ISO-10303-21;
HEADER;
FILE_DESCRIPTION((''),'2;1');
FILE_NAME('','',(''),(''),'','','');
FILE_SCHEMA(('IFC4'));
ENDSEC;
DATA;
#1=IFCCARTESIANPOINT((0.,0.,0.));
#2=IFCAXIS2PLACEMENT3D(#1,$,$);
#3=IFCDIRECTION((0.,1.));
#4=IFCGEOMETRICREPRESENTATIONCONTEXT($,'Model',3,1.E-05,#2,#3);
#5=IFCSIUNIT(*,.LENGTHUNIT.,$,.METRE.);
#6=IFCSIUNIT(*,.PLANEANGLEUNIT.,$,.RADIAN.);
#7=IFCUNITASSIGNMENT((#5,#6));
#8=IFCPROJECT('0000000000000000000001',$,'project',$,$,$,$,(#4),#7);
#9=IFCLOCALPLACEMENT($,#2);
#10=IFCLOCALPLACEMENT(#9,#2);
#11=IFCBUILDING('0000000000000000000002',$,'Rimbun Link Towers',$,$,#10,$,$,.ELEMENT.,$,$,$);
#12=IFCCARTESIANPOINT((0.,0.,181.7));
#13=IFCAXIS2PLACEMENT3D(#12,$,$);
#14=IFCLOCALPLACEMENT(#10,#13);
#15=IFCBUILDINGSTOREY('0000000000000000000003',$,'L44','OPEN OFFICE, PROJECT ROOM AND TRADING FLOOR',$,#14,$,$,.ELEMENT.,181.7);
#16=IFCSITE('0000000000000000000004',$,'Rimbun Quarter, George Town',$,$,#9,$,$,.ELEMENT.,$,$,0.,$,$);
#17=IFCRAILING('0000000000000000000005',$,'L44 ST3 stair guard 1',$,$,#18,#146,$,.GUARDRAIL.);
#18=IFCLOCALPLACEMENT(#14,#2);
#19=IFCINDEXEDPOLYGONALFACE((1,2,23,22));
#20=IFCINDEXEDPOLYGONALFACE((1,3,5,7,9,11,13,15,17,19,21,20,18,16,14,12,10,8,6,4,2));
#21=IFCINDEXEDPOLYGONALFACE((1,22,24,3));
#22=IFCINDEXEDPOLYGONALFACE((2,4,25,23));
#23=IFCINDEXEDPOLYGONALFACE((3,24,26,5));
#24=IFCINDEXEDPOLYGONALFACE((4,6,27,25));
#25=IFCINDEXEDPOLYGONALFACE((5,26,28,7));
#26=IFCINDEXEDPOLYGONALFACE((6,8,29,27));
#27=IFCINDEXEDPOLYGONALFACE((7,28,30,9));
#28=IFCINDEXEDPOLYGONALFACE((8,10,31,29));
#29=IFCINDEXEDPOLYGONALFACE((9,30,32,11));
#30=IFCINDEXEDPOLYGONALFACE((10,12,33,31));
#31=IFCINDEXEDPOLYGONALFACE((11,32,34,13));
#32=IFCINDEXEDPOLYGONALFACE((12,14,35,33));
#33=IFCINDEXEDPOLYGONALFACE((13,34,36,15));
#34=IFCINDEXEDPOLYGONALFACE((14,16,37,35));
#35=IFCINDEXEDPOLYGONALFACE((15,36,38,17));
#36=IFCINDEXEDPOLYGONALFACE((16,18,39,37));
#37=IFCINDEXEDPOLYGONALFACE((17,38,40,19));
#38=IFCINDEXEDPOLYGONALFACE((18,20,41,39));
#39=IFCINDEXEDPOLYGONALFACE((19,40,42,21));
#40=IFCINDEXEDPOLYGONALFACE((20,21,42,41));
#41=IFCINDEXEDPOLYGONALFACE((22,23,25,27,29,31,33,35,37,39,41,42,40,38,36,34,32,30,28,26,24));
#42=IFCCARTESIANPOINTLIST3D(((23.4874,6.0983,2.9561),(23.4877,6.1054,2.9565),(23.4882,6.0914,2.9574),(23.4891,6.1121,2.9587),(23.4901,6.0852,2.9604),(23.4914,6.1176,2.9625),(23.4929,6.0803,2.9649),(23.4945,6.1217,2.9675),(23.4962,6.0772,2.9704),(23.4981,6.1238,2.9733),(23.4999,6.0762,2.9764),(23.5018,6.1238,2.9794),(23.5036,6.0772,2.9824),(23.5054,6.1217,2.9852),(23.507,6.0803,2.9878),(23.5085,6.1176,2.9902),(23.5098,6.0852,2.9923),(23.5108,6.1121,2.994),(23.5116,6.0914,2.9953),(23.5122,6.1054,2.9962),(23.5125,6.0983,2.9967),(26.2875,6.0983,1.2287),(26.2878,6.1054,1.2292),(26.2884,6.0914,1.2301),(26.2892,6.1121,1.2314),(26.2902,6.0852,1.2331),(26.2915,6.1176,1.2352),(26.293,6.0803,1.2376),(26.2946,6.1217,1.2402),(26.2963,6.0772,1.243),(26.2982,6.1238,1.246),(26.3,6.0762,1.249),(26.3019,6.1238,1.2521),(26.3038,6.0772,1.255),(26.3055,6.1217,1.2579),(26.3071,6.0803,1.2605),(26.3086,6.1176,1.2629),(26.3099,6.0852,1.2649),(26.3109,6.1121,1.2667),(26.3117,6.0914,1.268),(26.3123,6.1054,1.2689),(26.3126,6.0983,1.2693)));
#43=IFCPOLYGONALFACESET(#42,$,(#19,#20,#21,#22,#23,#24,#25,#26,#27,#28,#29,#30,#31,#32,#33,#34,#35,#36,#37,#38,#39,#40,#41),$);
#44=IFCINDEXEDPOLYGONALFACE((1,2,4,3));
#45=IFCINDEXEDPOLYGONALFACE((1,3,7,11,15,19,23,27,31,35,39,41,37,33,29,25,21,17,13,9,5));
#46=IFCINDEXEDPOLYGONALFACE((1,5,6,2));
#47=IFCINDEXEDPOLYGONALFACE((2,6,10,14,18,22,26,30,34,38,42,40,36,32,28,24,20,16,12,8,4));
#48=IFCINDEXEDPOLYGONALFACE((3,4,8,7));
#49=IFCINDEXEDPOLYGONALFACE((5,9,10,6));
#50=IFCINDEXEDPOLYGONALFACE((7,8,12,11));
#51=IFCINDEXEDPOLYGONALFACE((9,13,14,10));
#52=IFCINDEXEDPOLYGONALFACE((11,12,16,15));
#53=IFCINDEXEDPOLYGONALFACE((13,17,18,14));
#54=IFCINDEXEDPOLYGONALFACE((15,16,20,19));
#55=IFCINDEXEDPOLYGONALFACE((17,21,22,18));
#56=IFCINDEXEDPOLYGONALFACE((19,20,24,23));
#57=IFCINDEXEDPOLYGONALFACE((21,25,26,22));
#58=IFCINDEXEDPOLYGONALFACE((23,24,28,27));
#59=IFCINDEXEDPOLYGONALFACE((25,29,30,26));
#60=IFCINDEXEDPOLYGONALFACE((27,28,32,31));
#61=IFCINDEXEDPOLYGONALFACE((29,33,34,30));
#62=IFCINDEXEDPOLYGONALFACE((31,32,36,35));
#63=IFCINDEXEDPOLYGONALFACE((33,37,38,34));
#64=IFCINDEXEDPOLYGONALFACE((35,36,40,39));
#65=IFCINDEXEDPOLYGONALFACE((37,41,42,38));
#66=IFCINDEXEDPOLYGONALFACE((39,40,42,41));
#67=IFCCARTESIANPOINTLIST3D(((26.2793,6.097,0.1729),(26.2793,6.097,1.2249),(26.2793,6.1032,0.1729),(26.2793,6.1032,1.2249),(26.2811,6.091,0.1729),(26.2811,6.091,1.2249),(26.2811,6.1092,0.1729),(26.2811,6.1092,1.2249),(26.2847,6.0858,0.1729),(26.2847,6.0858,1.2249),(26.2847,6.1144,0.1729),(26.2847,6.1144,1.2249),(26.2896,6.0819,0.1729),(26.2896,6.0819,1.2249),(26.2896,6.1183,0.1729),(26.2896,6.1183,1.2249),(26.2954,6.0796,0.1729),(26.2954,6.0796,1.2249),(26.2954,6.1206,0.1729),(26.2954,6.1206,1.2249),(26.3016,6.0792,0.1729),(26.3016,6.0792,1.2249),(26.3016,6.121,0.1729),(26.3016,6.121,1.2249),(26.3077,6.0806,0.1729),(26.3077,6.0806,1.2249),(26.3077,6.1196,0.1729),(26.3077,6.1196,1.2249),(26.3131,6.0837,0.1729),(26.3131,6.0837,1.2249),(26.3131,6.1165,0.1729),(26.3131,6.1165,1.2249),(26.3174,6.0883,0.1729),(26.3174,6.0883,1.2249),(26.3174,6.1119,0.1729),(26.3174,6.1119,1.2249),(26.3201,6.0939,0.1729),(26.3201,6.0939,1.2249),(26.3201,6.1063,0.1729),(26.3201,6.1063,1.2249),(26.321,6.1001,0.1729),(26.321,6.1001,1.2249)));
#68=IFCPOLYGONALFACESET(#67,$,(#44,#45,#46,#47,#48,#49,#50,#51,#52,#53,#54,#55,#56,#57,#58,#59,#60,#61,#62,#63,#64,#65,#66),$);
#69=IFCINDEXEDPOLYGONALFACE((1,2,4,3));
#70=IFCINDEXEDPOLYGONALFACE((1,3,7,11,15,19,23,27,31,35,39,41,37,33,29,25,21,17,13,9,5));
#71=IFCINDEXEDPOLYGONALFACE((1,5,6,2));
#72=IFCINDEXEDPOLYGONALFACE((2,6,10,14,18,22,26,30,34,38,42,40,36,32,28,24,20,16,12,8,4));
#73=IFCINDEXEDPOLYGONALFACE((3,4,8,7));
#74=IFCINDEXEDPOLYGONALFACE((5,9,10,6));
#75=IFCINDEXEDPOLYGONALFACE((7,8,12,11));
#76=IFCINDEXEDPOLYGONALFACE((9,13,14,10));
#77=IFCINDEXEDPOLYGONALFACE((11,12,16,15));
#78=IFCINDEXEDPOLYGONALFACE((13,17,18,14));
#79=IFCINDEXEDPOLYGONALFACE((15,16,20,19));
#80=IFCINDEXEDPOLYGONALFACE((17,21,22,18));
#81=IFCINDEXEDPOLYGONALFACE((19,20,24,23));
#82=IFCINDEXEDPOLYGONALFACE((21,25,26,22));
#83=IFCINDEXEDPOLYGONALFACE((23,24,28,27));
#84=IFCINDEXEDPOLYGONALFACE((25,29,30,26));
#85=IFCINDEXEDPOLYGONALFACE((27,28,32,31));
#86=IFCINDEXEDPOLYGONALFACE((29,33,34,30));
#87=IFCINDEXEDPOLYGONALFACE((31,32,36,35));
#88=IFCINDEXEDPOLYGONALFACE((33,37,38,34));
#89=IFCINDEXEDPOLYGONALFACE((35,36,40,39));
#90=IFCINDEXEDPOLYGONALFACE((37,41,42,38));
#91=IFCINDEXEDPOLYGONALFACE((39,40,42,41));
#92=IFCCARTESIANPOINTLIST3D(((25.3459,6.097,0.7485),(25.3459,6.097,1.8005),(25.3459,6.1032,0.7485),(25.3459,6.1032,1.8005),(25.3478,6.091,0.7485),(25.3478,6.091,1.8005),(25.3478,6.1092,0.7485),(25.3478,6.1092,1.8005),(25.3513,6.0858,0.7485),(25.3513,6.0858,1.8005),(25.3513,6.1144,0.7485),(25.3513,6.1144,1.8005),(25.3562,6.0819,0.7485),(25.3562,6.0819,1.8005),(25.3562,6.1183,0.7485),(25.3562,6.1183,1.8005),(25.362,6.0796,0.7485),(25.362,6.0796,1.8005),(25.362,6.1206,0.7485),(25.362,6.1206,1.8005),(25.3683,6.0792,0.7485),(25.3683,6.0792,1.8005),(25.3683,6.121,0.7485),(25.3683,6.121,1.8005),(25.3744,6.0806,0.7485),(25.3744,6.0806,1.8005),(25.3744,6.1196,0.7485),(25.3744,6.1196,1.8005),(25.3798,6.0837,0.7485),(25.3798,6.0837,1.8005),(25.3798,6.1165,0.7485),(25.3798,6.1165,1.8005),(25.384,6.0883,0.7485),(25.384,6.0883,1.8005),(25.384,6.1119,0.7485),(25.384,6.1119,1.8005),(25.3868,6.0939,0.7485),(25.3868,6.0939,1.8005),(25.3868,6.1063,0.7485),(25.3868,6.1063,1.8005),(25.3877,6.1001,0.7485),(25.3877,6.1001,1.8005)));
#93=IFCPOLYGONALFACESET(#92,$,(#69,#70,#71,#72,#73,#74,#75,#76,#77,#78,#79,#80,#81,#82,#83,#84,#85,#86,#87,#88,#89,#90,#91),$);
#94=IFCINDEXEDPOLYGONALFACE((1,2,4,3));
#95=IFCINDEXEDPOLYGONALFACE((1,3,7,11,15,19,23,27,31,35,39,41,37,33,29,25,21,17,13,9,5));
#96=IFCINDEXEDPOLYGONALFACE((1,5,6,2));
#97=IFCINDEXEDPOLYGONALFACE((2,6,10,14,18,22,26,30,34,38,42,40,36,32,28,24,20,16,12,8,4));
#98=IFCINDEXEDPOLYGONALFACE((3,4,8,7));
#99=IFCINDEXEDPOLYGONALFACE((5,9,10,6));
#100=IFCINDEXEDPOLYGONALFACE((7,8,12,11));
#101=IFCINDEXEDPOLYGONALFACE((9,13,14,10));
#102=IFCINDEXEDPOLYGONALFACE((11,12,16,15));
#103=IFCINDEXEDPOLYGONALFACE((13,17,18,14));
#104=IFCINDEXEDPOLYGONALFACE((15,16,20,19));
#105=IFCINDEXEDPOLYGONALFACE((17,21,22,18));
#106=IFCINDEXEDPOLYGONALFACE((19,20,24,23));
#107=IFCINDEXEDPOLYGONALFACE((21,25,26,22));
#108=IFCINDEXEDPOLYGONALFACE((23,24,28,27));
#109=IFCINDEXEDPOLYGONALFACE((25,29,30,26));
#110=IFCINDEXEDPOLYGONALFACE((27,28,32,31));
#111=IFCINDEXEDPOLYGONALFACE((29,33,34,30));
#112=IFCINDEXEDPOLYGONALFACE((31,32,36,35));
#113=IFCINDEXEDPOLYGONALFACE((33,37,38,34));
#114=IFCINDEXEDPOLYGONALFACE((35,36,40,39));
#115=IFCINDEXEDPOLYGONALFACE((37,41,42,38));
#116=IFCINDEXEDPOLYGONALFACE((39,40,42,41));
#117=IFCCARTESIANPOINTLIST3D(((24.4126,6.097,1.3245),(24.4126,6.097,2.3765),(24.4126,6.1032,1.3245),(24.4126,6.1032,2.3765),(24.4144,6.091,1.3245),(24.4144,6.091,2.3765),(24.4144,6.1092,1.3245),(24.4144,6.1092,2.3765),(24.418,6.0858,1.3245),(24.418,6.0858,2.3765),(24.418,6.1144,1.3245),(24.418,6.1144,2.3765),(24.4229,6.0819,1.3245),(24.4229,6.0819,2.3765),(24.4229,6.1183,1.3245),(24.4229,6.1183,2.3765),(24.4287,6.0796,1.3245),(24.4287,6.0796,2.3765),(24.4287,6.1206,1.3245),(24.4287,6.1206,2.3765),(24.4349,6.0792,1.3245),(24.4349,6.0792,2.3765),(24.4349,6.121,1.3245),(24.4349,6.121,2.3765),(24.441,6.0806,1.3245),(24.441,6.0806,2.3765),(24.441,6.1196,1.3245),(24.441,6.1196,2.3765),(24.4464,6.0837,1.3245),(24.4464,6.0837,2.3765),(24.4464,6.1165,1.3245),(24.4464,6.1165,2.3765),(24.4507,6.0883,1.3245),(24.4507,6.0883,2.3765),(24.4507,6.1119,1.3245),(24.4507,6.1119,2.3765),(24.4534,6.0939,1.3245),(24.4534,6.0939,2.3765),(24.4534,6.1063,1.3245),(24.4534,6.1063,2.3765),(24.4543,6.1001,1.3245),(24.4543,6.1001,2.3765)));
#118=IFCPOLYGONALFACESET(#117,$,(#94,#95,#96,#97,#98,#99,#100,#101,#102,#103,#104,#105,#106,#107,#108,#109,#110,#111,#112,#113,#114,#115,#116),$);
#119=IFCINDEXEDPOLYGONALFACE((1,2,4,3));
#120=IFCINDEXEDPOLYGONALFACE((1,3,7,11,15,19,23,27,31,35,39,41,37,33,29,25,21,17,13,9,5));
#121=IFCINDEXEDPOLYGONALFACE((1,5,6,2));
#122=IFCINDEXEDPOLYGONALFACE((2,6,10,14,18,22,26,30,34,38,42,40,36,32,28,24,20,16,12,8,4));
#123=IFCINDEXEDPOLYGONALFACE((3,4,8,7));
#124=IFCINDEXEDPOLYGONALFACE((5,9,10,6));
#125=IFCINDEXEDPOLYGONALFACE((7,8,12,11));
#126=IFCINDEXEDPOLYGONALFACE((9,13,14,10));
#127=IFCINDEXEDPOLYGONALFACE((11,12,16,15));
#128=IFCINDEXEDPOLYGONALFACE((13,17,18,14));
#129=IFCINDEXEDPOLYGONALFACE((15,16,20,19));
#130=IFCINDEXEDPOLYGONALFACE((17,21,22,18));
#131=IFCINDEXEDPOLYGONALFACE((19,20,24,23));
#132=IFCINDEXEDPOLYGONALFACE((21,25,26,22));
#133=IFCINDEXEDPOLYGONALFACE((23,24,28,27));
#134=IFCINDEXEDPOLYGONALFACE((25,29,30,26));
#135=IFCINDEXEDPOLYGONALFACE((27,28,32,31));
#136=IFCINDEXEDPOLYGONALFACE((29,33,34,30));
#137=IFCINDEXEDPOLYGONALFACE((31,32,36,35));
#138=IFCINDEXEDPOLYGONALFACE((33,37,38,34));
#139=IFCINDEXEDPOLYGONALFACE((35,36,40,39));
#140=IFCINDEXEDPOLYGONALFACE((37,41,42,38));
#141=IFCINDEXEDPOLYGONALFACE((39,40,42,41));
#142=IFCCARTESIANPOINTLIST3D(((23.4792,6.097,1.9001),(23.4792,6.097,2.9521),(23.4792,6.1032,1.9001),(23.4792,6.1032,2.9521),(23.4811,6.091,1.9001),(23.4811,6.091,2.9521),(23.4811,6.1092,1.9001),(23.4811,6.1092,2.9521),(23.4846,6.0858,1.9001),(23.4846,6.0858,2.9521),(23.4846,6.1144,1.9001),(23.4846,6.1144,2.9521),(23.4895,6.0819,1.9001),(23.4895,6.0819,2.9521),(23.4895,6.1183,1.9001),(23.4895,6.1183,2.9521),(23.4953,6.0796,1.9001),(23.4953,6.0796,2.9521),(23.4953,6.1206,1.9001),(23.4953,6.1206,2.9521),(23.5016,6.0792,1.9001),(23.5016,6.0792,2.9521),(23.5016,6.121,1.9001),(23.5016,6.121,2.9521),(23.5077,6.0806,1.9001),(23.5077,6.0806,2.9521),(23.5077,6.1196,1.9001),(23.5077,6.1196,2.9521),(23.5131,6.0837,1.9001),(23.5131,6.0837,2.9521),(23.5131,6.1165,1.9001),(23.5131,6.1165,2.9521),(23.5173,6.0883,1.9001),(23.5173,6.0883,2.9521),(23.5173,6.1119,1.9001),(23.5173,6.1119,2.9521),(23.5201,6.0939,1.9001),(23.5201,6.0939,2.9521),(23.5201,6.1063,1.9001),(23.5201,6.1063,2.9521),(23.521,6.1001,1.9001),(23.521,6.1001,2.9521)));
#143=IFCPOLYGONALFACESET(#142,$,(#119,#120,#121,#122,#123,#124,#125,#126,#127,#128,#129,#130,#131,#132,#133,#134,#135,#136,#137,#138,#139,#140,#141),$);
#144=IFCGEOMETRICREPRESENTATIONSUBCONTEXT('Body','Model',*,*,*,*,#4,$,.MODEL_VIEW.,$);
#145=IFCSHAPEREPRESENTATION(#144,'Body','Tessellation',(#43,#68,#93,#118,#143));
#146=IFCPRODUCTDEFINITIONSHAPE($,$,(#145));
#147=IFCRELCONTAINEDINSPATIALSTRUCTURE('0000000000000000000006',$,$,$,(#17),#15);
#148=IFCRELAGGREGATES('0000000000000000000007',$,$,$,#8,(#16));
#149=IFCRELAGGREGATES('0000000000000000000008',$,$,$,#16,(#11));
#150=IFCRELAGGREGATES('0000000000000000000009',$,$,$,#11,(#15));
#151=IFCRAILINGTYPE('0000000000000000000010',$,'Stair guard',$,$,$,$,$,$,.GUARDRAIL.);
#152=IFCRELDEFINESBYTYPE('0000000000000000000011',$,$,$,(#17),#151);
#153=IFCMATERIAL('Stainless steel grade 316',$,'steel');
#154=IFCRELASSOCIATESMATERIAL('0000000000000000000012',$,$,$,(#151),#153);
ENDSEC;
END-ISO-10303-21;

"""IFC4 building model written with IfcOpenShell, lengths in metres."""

from ifc_helpers import new_model, si_unit, direction, frame, origin, origin_2d, place, context, subcontext, project, spatial, circle, extrude, material, type_object, element, save


model = new_model("IFC4")

# Units and contexts
model_context = context("Model", 3, precision=1e-05, world=origin(), true_north=direction((0.0, 1.0)))
body_context = subcontext(model_context, "Body", "Model", "MODEL_VIEW")
ifc_project = project(units=[si_unit("LENGTHUNIT", "METRE"), si_unit("PLANEANGLEUNIT", "RADIAN")], contexts=[model_context])

# Site, building, storey
site_placement = place(None, origin())
site = spatial("IfcSite", under=ifc_project, at=site_placement, Name="Rimbun Quarter, George Town", CompositionType="ELEMENT", RefElevation=0.0)
building_placement = place(site_placement, origin())
building = spatial("IfcBuilding", under=site, at=building_placement, Name="Rimbun Link Towers", CompositionType="ELEMENT")
storey_placement = place(building_placement, frame((0.0, 0.0, 181.7)))
storey = spatial("IfcBuildingStorey", under=building, at=storey_placement, Name="L44", Description="OPEN OFFICE, PROJECT ROOM AND TRADING FLOOR", CompositionType="ELEMENT", Elevation=181.7)

# Railing
ifc_material_1 = material(Name="Stainless steel grade 316", Category="steel")
railing_type_1 = type_object("IfcRailingType", Name="Stair guard", PredefinedType="GUARDRAIL", material=ifc_material_1)
railing_1_placement = place(storey_placement, frame((26.3, 6.1001, 0.1729)))
element("IfcRailing", 1, at=railing_1_placement, inside=storey, type_object=railing_type_1, Name="L44 ST3 stair guard 1", PredefinedType="GUARDRAIL", context=body_context, shape_type="SweptSolid", body=[
    extrude(circle(Radius=0.0239, at=origin_2d()), frame((0.0, 0.0, 1.0762), z_axis=(-0.85109, 0.0, 0.52502), x_axis=(0.0, -1.0, 0.0)), (0.0, 0.0, 1.0), 3.29),
    extrude(circle(Radius=0.021, at=origin_2d()), origin(), (0.0, 0.0, 1.0), 1.052),
    extrude(circle(Radius=0.021, at=origin_2d()), frame((-0.9333, 0.0, 0.5757)), (0.0, 0.0, 1.0), 1.052),
    extrude(circle(Radius=0.021, at=origin_2d()), frame((-1.8667, 0.0, 1.1516)), (0.0, 0.0, 1.0), 1.052),
    extrude(circle(Radius=0.021, at=origin_2d()), frame((-2.8, 0.0, 1.7273)), (0.0, 0.0, 1.0), 1.052),
])

save(model, "model.ifc")
